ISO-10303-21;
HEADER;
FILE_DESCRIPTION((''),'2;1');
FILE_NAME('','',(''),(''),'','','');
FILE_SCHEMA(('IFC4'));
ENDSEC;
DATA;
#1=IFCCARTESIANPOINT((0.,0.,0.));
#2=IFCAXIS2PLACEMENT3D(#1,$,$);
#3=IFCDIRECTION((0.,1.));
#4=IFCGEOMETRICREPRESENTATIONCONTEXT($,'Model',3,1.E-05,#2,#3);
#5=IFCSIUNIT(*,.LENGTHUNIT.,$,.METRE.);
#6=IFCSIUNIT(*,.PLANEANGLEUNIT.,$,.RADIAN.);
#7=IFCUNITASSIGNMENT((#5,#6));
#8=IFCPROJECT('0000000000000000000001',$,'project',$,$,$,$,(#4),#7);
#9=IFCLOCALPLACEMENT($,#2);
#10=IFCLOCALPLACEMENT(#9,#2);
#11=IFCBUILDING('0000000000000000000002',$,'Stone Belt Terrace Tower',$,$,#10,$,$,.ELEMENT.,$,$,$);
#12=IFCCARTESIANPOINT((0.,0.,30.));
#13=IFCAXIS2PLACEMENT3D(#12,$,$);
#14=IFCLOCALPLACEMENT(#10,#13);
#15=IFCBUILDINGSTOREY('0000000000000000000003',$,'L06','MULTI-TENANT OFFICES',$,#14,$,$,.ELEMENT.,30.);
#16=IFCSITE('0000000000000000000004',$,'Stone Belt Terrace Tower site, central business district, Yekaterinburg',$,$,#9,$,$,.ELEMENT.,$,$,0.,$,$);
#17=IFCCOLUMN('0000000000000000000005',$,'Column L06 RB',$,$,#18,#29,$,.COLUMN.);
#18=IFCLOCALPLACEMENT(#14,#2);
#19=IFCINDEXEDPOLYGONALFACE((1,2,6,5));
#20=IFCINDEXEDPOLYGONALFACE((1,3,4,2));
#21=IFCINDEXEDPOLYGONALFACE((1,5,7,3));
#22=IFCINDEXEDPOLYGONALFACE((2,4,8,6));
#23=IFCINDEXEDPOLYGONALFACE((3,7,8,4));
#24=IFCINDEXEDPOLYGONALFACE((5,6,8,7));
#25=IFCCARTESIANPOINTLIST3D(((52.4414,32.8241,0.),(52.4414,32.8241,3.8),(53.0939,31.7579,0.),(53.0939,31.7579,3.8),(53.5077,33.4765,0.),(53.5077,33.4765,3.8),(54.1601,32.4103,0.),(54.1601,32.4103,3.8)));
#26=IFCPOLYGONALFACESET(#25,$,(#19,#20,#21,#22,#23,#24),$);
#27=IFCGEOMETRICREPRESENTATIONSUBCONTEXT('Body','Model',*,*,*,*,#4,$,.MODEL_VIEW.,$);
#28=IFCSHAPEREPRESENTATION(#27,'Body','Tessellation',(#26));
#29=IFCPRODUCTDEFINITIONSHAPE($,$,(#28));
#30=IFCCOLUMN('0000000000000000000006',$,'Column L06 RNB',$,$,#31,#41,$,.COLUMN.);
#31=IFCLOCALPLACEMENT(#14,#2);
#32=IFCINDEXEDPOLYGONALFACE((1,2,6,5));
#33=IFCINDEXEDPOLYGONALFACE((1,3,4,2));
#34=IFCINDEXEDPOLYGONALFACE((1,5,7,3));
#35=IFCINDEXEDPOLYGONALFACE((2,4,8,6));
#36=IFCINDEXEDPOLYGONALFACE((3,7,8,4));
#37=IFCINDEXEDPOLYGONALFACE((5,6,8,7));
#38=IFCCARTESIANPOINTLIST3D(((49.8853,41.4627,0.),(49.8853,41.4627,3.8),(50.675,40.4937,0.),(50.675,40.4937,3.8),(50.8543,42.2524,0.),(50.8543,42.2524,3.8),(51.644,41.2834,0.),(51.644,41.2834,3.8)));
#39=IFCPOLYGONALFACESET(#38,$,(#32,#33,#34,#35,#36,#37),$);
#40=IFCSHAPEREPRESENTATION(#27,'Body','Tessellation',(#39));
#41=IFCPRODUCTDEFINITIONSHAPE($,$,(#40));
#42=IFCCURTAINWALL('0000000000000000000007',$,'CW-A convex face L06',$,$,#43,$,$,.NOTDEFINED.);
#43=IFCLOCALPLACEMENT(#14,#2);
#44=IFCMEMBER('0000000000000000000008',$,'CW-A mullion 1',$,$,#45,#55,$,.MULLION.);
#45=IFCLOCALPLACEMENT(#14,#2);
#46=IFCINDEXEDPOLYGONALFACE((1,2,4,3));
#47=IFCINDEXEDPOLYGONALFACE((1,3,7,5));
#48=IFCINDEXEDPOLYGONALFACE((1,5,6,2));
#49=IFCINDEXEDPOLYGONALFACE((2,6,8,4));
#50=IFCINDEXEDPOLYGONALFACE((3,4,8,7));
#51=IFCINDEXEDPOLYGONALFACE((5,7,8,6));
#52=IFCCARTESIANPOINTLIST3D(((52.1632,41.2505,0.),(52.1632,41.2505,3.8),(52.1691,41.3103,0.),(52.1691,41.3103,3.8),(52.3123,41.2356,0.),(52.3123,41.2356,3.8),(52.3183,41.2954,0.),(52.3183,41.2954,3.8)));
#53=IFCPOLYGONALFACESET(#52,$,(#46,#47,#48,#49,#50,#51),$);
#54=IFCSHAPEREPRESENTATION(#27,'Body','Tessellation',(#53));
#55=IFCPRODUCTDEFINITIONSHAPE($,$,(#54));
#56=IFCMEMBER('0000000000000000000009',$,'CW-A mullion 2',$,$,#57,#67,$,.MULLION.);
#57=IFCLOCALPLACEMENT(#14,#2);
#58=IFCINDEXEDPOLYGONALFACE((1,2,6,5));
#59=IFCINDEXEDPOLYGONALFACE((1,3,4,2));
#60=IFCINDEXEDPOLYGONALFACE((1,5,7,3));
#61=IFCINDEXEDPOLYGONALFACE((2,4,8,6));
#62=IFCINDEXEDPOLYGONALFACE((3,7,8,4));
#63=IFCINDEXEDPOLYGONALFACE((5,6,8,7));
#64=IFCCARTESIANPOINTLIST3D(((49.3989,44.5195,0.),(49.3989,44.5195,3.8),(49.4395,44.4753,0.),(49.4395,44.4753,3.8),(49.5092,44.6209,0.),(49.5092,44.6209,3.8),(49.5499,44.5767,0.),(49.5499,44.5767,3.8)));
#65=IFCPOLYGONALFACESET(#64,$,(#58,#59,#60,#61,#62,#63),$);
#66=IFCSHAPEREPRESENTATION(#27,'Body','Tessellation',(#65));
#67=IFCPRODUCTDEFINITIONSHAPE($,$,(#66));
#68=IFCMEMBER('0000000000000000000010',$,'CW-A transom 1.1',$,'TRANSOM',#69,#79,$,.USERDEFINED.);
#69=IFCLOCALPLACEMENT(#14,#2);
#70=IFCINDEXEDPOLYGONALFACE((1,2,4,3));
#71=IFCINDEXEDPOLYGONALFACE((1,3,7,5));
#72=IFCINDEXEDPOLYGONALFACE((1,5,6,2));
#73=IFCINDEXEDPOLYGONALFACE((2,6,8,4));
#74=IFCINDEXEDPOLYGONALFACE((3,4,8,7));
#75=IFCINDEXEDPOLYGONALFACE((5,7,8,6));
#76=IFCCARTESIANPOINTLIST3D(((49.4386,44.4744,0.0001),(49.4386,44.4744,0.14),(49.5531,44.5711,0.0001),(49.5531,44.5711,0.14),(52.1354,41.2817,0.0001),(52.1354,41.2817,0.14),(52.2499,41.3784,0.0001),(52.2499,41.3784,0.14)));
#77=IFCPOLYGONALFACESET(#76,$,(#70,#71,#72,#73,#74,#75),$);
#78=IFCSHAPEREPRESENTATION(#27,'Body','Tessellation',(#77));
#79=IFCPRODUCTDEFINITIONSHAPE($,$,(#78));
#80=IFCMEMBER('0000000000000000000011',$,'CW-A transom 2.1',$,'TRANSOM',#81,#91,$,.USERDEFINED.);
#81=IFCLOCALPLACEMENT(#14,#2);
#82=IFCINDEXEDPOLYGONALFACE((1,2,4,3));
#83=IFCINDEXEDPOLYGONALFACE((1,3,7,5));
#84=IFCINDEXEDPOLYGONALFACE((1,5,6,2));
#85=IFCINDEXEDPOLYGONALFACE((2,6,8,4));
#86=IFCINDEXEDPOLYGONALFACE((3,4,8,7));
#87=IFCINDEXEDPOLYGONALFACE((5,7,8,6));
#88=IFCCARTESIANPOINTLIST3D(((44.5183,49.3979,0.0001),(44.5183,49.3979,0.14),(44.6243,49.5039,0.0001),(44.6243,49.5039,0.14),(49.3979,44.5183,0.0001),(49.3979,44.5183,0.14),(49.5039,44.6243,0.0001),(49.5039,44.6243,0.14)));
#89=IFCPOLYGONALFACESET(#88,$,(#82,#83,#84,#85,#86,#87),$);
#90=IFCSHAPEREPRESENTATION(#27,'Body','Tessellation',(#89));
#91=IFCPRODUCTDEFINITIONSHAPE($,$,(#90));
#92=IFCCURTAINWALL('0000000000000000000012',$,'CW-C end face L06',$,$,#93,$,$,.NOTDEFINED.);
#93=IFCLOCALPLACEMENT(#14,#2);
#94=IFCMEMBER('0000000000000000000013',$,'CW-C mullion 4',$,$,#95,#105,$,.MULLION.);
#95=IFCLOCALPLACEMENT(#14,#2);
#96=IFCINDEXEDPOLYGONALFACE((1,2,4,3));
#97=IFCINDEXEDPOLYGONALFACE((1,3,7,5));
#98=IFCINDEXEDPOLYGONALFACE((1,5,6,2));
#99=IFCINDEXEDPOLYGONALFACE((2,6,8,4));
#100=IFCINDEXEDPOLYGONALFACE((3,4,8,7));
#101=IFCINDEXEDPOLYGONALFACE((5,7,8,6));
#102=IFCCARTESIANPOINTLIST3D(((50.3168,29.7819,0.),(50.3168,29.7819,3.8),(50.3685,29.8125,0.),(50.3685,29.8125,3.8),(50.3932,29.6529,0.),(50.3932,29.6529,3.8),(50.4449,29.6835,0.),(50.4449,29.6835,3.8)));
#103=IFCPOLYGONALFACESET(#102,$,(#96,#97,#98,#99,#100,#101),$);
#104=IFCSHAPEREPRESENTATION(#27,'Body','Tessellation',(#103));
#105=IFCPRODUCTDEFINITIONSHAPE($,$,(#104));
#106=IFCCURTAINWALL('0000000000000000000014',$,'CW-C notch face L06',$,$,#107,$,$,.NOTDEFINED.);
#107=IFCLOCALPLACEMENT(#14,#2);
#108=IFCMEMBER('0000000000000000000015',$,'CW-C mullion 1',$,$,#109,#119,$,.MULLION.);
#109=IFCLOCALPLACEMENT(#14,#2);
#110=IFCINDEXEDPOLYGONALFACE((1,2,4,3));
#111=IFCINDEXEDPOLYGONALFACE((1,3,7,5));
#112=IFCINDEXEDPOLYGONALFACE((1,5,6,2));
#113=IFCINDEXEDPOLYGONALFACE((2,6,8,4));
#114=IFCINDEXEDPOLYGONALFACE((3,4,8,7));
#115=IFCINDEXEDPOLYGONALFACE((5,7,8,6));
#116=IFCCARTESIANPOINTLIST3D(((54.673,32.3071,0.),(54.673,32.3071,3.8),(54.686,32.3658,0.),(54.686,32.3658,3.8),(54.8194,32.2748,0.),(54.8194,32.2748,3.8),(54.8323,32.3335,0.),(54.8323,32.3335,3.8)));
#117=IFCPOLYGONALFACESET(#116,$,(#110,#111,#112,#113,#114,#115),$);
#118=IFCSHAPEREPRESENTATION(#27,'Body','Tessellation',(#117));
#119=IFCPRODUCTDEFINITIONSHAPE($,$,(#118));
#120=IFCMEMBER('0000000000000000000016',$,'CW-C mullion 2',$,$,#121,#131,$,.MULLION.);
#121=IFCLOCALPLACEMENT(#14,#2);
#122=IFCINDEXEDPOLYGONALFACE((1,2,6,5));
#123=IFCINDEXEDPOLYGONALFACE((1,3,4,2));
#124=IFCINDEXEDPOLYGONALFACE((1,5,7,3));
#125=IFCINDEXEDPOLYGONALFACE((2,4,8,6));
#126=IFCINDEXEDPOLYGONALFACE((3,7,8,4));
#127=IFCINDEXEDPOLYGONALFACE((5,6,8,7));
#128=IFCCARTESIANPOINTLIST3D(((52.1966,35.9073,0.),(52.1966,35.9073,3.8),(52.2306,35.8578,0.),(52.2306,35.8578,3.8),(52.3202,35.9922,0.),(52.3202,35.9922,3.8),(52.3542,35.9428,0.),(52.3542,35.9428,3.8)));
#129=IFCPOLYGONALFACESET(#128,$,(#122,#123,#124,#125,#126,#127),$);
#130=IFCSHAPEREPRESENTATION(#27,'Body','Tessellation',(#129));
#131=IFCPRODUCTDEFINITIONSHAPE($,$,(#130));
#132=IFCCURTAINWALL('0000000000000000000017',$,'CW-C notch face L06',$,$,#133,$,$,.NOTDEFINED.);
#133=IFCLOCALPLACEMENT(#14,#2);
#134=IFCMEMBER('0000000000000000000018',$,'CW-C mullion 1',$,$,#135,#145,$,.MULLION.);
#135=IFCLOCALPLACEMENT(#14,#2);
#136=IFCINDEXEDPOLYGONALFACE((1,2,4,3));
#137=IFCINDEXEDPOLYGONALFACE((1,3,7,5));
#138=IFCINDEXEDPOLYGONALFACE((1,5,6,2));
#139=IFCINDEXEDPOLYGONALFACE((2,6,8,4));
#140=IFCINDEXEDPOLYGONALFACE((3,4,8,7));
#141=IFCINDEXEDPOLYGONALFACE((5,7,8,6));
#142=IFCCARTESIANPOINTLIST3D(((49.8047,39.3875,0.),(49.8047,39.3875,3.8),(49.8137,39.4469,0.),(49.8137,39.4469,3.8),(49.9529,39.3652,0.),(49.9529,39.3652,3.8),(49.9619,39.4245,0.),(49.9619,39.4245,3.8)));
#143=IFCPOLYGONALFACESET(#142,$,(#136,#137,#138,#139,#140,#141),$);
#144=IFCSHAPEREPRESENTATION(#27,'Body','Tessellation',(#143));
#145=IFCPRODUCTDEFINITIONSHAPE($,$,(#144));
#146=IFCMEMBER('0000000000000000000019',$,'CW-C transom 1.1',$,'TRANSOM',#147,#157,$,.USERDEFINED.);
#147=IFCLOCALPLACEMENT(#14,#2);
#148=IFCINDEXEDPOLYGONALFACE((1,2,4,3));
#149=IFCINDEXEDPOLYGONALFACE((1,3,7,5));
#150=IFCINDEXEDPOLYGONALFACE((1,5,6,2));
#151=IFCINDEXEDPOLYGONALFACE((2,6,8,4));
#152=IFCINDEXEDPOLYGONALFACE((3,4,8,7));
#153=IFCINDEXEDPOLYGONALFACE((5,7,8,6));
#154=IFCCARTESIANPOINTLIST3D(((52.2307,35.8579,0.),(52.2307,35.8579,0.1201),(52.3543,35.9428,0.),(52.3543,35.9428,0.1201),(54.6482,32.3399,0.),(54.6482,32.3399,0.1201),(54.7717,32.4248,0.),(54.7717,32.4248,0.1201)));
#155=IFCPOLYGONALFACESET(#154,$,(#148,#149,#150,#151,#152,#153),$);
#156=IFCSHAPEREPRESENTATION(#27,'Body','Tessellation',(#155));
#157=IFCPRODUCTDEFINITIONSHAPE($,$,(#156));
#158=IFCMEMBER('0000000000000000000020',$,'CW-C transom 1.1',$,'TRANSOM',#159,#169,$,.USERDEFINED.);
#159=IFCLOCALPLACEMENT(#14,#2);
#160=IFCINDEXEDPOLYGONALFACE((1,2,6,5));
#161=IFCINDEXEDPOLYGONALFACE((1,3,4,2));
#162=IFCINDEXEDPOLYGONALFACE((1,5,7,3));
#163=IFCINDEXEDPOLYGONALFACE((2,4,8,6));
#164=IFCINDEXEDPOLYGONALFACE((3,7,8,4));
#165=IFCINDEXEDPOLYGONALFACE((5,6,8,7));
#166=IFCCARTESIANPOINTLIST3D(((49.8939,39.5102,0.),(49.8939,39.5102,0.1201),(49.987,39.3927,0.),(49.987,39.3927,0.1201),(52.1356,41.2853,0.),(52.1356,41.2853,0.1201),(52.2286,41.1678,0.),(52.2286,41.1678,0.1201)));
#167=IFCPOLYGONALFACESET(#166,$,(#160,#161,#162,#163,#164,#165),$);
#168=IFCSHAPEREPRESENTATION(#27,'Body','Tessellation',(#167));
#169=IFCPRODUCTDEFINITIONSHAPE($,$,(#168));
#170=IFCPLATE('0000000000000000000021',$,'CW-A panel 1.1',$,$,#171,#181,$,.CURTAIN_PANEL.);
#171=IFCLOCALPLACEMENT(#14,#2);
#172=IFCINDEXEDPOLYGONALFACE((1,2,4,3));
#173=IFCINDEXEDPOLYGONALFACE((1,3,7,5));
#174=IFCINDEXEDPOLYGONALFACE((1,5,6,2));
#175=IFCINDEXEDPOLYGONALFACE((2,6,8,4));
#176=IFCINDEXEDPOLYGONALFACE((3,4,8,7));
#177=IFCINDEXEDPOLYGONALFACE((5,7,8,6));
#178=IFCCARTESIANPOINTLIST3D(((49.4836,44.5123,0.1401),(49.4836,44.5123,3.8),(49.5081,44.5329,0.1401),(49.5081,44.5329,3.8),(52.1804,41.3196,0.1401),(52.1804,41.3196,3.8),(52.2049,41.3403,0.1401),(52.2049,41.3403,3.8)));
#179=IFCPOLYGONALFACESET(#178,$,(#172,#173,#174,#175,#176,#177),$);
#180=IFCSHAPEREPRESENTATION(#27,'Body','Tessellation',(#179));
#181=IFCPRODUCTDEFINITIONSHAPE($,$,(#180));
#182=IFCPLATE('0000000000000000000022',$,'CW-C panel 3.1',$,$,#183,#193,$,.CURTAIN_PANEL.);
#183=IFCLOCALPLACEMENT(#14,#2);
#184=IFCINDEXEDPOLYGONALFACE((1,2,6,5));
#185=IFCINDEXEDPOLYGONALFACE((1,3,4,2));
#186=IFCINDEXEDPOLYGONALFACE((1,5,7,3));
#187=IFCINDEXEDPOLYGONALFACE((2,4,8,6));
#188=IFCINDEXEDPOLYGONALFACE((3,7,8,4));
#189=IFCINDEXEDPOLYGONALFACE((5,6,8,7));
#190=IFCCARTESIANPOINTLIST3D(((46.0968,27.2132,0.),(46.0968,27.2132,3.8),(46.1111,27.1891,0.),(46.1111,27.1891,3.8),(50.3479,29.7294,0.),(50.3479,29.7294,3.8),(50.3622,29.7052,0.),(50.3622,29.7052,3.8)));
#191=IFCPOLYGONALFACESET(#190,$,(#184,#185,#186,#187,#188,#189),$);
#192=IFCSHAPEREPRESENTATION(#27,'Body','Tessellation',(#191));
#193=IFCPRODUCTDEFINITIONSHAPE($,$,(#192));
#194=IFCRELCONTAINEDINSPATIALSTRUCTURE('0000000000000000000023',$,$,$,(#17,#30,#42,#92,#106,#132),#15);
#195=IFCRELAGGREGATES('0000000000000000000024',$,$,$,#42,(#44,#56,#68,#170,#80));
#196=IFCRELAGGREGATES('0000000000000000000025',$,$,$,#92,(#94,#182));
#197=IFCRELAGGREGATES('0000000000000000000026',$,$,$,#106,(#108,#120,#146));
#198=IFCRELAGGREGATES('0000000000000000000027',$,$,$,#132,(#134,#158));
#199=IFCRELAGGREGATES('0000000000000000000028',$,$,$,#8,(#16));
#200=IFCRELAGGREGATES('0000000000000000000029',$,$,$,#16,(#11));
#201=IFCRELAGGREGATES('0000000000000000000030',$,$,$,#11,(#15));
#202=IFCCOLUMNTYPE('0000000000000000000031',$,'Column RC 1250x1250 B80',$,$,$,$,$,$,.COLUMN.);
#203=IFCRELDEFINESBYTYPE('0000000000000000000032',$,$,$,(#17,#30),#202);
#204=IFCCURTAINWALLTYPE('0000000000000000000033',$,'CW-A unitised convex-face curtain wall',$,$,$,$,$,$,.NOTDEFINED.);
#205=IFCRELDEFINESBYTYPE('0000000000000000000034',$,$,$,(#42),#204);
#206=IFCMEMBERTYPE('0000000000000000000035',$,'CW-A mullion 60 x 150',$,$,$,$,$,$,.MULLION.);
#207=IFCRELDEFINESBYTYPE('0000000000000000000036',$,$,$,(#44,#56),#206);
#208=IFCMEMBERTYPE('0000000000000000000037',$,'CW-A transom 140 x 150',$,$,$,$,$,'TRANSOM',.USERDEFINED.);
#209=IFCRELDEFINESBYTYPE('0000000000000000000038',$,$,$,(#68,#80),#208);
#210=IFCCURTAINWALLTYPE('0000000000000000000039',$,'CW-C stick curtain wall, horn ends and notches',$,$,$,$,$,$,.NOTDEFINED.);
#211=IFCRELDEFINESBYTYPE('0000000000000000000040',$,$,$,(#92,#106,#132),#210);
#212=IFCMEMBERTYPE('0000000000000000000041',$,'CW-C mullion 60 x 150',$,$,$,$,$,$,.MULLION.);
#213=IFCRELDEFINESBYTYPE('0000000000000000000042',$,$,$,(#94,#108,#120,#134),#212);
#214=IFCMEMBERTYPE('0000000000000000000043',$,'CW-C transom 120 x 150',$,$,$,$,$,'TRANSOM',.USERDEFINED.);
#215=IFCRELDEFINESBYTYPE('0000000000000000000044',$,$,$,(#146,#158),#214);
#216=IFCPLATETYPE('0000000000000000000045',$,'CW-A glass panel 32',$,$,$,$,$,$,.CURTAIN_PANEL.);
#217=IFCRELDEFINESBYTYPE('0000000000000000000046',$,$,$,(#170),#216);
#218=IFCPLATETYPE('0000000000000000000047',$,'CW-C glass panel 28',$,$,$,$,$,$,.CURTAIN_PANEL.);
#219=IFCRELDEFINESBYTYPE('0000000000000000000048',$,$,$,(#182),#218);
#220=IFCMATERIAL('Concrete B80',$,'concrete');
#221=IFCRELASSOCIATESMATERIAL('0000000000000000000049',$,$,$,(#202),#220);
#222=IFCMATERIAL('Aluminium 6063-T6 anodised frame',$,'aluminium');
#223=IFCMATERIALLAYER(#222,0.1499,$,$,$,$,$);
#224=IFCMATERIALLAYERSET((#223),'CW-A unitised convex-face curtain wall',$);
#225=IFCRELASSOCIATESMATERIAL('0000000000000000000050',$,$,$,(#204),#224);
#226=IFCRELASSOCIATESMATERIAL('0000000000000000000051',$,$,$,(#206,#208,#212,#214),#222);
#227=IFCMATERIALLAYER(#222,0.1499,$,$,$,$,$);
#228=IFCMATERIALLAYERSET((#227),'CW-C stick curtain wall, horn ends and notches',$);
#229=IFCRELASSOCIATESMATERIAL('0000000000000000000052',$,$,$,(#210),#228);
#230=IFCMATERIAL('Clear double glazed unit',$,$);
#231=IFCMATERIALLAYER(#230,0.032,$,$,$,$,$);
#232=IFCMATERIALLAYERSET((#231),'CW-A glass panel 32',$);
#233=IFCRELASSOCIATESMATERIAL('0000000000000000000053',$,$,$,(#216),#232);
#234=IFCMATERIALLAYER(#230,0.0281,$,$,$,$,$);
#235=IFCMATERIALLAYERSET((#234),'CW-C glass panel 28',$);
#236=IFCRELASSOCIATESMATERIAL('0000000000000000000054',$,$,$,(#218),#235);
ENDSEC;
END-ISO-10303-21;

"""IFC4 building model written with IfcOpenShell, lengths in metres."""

from ifc_helpers import new_model, si_unit, direction, frame, origin, origin_2d, place, context, subcontext, project, spatial, rectangle, extrude, material, layer, layer_set, material_profile, profile_set, type_object, element, aggregate, save


model = new_model("IFC4")

# Units and contexts
model_context = context("Model", 3, precision=1e-05, world=origin(), true_north=direction((0.0, 1.0)))
body_context = subcontext(model_context, "Body", "Model", "MODEL_VIEW")
ifc_project = project(units=[si_unit("LENGTHUNIT", "METRE"), si_unit("PLANEANGLEUNIT", "RADIAN")], contexts=[model_context])

# Site, building, storey
site_placement = place(None, origin())
site = spatial("IfcSite", under=ifc_project, at=site_placement, Name="Stone Belt Terrace Tower site, central business district, Yekaterinburg", CompositionType="ELEMENT", RefElevation=0.0)
building_placement = place(site_placement, origin())
building = spatial("IfcBuilding", under=site, at=building_placement, Name="Stone Belt Terrace Tower", CompositionType="ELEMENT")
storey_placement = place(building_placement, frame((0.0, 0.0, 30.0)))
storey = spatial("IfcBuildingStorey", under=building, at=storey_placement, Name="L06", Description="MULTI-TENANT OFFICES", CompositionType="ELEMENT", Elevation=30.0)

# Columns
ifc_material_1 = material(Name="Concrete B80", Category="concrete")
ifc_material_profile_1 = material_profile(ifc_material_1, rectangle(XDim=1.25, YDim=1.25, at=origin_2d()), Name="RC 1250x1250")
ifc_profile_set_1 = profile_set([ifc_material_profile_1], Name="Concrete B80")
column_type = type_object("IfcColumnType", Name="Column RC 1250x1250 B80", PredefinedType="COLUMN", material=ifc_profile_set_1)
for number, where, z_axis, x_axis, name in (
    (1, (53.3008, 32.6172, 0.0), (0.0, 0.0, 1.0), (0.521967, -0.852966, 0.0), "Column L06 RB"),
    (2, (50.7646, 41.373, 0.0), (0.0, 0.0, 1.0), (0.631759, -0.775165, 0.0), "Column L06 RNB"),
):
    element("IfcColumn", number, at=place(storey_placement, frame(where, z_axis=z_axis, x_axis=x_axis)), inside=storey, type_object=column_type, Name=name, PredefinedType="COLUMN", context=body_context, shape_type="SweptSolid", body=[
        extrude(rectangle(XDim=1.25, YDim=1.25, at=origin_2d()), origin(), (0.0, 0.0, 1.0), 3.8),
    ])

# Curtain wall, members
ifc_material_2 = material(Name="Aluminium 6063-T6 anodised frame", Category="aluminium")
ifc_layer_1 = layer(ifc_material_2, 0.1499)
ifc_layer_set_1 = layer_set([ifc_layer_1], Name="CW-A unitised convex-face curtain wall")
curtain_wall_type_1 = type_object("IfcCurtainWallType", Name="CW-A unitised convex-face curtain wall", PredefinedType="NOTDEFINED", material=ifc_layer_set_1)
curtain_wall_1_placement = place(storey_placement, origin())
curtain_wall_1 = element("IfcCurtainWall", 3, at=curtain_wall_1_placement, inside=storey, type_object=curtain_wall_type_1, Name="CW-A convex face L06", PredefinedType="NOTDEFINED")
ifc_material_profile_2 = material_profile(ifc_material_2, rectangle(XDim=0.1499, YDim=0.0601, at=origin_2d()), Name="Aluminium 6063-T6 60x150")
ifc_profile_set_2 = profile_set([ifc_material_profile_2], Name="Aluminium 6063-T6 anodised frame")
member_type_1 = type_object("IfcMemberType", Name="CW-A mullion 60 x 150", PredefinedType="MULLION", material=ifc_profile_set_2)
member_1_placement = place(storey_placement, frame((52.2407, 41.2729, 0.0), z_axis=(0.0, 0.0, 1.0), x_axis=(-0.995023, 0.099645, 0.0)))
member_1 = element("IfcMember", 4, at=member_1_placement, type_object=member_type_1, Name="CW-A mullion 1", PredefinedType="MULLION", context=body_context, shape_type="SweptSolid", body=[
    extrude(rectangle(XDim=0.1499, YDim=0.0601, at=origin_2d()), origin(), (0.0, 0.0, 1.0), 3.8),
])
member_2_placement = place(storey_placement, frame((49.4744, 44.5481, 0.0), z_axis=(0.0, 0.0, 1.0), x_axis=(-0.736171, -0.676796, 0.0)))
member_2 = element("IfcMember", 5, at=member_2_placement, type_object=member_type_1, Name="CW-A mullion 2", PredefinedType="MULLION", context=body_context, shape_type="SweptSolid", body=[
    extrude(rectangle(XDim=0.1499, YDim=0.0601, at=origin_2d()), origin(), (0.0, 0.0, 1.0), 3.8),
])
ifc_material_profile_3 = material_profile(ifc_material_2, rectangle(XDim=0.1499, YDim=0.1399, at=origin_2d()), Name="Aluminium 6063-T6 150x140")
ifc_profile_set_3 = profile_set([ifc_material_profile_3], Name="Aluminium 6063-T6 anodised frame")
member_type_2 = type_object("IfcMemberType", Name="CW-A transom 140 x 150", ElementType="TRANSOM", PredefinedType="USERDEFINED", material=ifc_profile_set_3)
member_3_placement = place(storey_placement, frame((52.1926, 41.3301, 0.0701), z_axis=(-0.64529, 0.763938, 0.0), x_axis=(-0.763938, -0.64529, 0.0)))
member_3 = element("IfcMember", 6, at=member_3_placement, type_object=member_type_2, Name="CW-A transom 1.1", ObjectType="TRANSOM", PredefinedType="USERDEFINED", context=body_context, shape_type="SweptSolid", body=[
    extrude(rectangle(XDim=0.1499, YDim=0.1399, at=origin_2d()), origin(), (0.0, 0.0, 1.0), 4.1792),
])
member_4_placement = place(storey_placement, frame((49.4509, 44.5713, 0.0701), z_axis=(-0.707107, 0.707107, 0.0), x_axis=(-0.707107, -0.707107, 0.0)))
member_4 = element("IfcMember", 7, at=member_4_placement, type_object=member_type_2, Name="CW-A transom 2.1", ObjectType="TRANSOM", PredefinedType="USERDEFINED", context=body_context, shape_type="SweptSolid", body=[
    extrude(rectangle(XDim=0.1499, YDim=0.1399, at=origin_2d()), origin(), (0.0, 0.0, 1.0), 6.9009),
])

# Curtain wall, member
ifc_layer_2 = layer(ifc_material_2, 0.1499)
ifc_layer_set_2 = layer_set([ifc_layer_2], Name="CW-C stick curtain wall, horn ends and notches")
curtain_wall_type_2 = type_object("IfcCurtainWallType", Name="CW-C stick curtain wall, horn ends and notches", PredefinedType="NOTDEFINED", material=ifc_layer_set_2)
curtain_wall_2_placement = place(storey_placement, origin())
curtain_wall_2 = element("IfcCurtainWall", 8, at=curtain_wall_2_placement, inside=storey, type_object=curtain_wall_type_2, Name="CW-C end face L06", PredefinedType="NOTDEFINED")
ifc_material_profile_4 = material_profile(ifc_material_2, rectangle(XDim=0.1499, YDim=0.0601, at=origin_2d()), Name="Aluminium 6063-T6 60x150")
ifc_profile_set_4 = profile_set([ifc_material_profile_4], Name="Aluminium 6063-T6 anodised frame")
member_type_3 = type_object("IfcMemberType", Name="CW-C mullion 60 x 150", PredefinedType="MULLION", material=ifc_profile_set_4)
member_5_placement = place(storey_placement, frame((50.3809, 29.7327, 0.0), z_axis=(0.0, 0.0, 1.0), x_axis=(-0.509353, 0.860558, 0.0)))
member_5 = element("IfcMember", 9, at=member_5_placement, type_object=member_type_3, Name="CW-C mullion 4", PredefinedType="MULLION", context=body_context, shape_type="SweptSolid", body=[
    extrude(rectangle(XDim=0.1499, YDim=0.0601, at=origin_2d()), origin(), (0.0, 0.0, 1.0), 3.8),
])

# Curtain wall, members
curtain_wall_3_placement = place(storey_placement, origin())
curtain_wall_3 = element("IfcCurtainWall", 10, at=curtain_wall_3_placement, inside=storey, type_object=curtain_wall_type_2, Name="CW-C notch face L06", PredefinedType="NOTDEFINED")
member_6_placement = place(storey_placement, frame((54.7527, 32.3203, 0.0), z_axis=(0.0, 0.0, 1.0), x_axis=(-0.97652, 0.215429, 0.0)))
member_6 = element("IfcMember", 11, at=member_6_placement, type_object=member_type_3, Name="CW-C mullion 1", PredefinedType="MULLION", context=body_context, shape_type="SweptSolid", body=[
    extrude(rectangle(XDim=0.1499, YDim=0.0601, at=origin_2d()), origin(), (0.0, 0.0, 1.0), 3.8),
])
member_7_placement = place(storey_placement, frame((52.2754, 35.925, 0.0), z_axis=(0.0, 0.0, 1.0), x_axis=(-0.824147, -0.566376, 0.0)))
member_7 = element("IfcMember", 12, at=member_7_placement, type_object=member_type_3, Name="CW-C mullion 2", PredefinedType="MULLION", context=body_context, shape_type="SweptSolid", body=[
    extrude(rectangle(XDim=0.1499, YDim=0.0601, at=origin_2d()), origin(), (0.0, 0.0, 1.0), 3.8),
])

# Curtain wall, member
curtain_wall_4_placement = place(storey_placement, origin())
curtain_wall_4 = element("IfcCurtainWall", 13, at=curtain_wall_4_placement, inside=storey, type_object=curtain_wall_type_2, Name="CW-C notch face L06", PredefinedType="NOTDEFINED")
member_8_placement = place(storey_placement, frame((49.8833, 39.406, 0.0), z_axis=(0.0, 0.0, 1.0), x_axis=(-0.988851, 0.148906, 0.0)))
member_8 = element("IfcMember", 14, at=member_8_placement, type_object=member_type_3, Name="CW-C mullion 1", PredefinedType="MULLION", context=body_context, shape_type="SweptSolid", body=[
    extrude(rectangle(XDim=0.1499, YDim=0.0601, at=origin_2d()), origin(), (0.0, 0.0, 1.0), 3.8),
])

# Members
ifc_material_profile_5 = material_profile(ifc_material_2, rectangle(XDim=0.1499, YDim=0.1201, at=origin_2d()), Name="Aluminium 6063-T6 150x120")
ifc_profile_set_5 = profile_set([ifc_material_profile_5], Name="Aluminium 6063-T6 anodised frame")
member_type_4 = type_object("IfcMemberType", Name="CW-C transom 120 x 150", ElementType="TRANSOM", PredefinedType="USERDEFINED", material=ifc_profile_set_5)
member_9_placement = place(storey_placement, frame((54.71, 32.3823, 0.0601), z_axis=(-0.566339, 0.824172, 0.0), x_axis=(-0.824172, -0.566339, 0.0)))
member_9 = element("IfcMember", 15, at=member_9_placement, type_object=member_type_4, Name="CW-C transom 1.1", ObjectType="TRANSOM", PredefinedType="USERDEFINED", context=body_context, shape_type="SweptSolid", body=[
    extrude(rectangle(XDim=0.1499, YDim=0.1201, at=origin_2d()), origin(), (0.0, 0.0, 1.0), 4.2686),
])
member_10_placement = place(storey_placement, frame((49.9404, 39.4514, 0.0601), z_axis=(0.783966, 0.620804, 0.0), x_axis=(-0.620804, 0.783966, 0.0)))
member_10 = element("IfcMember", 16, at=member_10_placement, type_object=member_type_4, Name="CW-C transom 1.1", ObjectType="TRANSOM", PredefinedType="USERDEFINED", context=body_context, shape_type="SweptSolid", body=[
    extrude(rectangle(XDim=0.1499, YDim=0.1201, at=origin_2d()), origin(), (0.0, 0.0, 1.0), 2.8594),
])

# Plates
ifc_material_3 = material(Name="Clear double glazed unit")
ifc_layer_3 = layer(ifc_material_3, 0.032)
ifc_layer_set_3 = layer_set([ifc_layer_3], Name="CW-A glass panel 32")
plate_type_1 = type_object("IfcPlateType", Name="CW-A glass panel 32", PredefinedType="CURTAIN_PANEL", material=ifc_layer_set_3)
plate_1_placement = place(storey_placement, frame((50.8442, 42.9263, 0.1401), z_axis=(0.0, 0.0, 1.0), x_axis=(-0.645291, 0.763937, 0.0)))
plate_1 = element("IfcPlate", 17, at=plate_1_placement, type_object=plate_type_1, Name="CW-A panel 1.1", PredefinedType="CURTAIN_PANEL", context=body_context, shape_type="SweptSolid", body=[
    extrude(rectangle(XDim=4.1792, YDim=0.032, at=origin_2d()), origin(), (0.0, 0.0, 1.0), 3.6599),
])
aggregate(curtain_wall_1, [member_1, member_2, member_3, plate_1, member_4])
ifc_layer_4 = layer(ifc_material_3, 0.0281)
ifc_layer_set_4 = layer_set([ifc_layer_4], Name="CW-C glass panel 28")
plate_type_2 = type_object("IfcPlateType", Name="CW-C glass panel 28", PredefinedType="CURTAIN_PANEL", material=ifc_layer_set_4)
plate_2_placement = place(storey_placement, frame((48.2295, 28.4592, 0.0), z_axis=(0.0, 0.0, 1.0), x_axis=(0.860558, 0.509353, 0.0)))
plate_2 = element("IfcPlate", 18, at=plate_2_placement, type_object=plate_type_2, Name="CW-C panel 3.1", PredefinedType="CURTAIN_PANEL", context=body_context, shape_type="SweptSolid", body=[
    extrude(rectangle(XDim=4.9399, YDim=0.0281, at=origin_2d()), origin(), (0.0, 0.0, 1.0), 3.8),
])
aggregate(curtain_wall_2, [member_5, plate_2])
aggregate(curtain_wall_3, [member_6, member_7, member_9])
aggregate(curtain_wall_4, [member_8, member_10])

save(model, "model.ifc")
